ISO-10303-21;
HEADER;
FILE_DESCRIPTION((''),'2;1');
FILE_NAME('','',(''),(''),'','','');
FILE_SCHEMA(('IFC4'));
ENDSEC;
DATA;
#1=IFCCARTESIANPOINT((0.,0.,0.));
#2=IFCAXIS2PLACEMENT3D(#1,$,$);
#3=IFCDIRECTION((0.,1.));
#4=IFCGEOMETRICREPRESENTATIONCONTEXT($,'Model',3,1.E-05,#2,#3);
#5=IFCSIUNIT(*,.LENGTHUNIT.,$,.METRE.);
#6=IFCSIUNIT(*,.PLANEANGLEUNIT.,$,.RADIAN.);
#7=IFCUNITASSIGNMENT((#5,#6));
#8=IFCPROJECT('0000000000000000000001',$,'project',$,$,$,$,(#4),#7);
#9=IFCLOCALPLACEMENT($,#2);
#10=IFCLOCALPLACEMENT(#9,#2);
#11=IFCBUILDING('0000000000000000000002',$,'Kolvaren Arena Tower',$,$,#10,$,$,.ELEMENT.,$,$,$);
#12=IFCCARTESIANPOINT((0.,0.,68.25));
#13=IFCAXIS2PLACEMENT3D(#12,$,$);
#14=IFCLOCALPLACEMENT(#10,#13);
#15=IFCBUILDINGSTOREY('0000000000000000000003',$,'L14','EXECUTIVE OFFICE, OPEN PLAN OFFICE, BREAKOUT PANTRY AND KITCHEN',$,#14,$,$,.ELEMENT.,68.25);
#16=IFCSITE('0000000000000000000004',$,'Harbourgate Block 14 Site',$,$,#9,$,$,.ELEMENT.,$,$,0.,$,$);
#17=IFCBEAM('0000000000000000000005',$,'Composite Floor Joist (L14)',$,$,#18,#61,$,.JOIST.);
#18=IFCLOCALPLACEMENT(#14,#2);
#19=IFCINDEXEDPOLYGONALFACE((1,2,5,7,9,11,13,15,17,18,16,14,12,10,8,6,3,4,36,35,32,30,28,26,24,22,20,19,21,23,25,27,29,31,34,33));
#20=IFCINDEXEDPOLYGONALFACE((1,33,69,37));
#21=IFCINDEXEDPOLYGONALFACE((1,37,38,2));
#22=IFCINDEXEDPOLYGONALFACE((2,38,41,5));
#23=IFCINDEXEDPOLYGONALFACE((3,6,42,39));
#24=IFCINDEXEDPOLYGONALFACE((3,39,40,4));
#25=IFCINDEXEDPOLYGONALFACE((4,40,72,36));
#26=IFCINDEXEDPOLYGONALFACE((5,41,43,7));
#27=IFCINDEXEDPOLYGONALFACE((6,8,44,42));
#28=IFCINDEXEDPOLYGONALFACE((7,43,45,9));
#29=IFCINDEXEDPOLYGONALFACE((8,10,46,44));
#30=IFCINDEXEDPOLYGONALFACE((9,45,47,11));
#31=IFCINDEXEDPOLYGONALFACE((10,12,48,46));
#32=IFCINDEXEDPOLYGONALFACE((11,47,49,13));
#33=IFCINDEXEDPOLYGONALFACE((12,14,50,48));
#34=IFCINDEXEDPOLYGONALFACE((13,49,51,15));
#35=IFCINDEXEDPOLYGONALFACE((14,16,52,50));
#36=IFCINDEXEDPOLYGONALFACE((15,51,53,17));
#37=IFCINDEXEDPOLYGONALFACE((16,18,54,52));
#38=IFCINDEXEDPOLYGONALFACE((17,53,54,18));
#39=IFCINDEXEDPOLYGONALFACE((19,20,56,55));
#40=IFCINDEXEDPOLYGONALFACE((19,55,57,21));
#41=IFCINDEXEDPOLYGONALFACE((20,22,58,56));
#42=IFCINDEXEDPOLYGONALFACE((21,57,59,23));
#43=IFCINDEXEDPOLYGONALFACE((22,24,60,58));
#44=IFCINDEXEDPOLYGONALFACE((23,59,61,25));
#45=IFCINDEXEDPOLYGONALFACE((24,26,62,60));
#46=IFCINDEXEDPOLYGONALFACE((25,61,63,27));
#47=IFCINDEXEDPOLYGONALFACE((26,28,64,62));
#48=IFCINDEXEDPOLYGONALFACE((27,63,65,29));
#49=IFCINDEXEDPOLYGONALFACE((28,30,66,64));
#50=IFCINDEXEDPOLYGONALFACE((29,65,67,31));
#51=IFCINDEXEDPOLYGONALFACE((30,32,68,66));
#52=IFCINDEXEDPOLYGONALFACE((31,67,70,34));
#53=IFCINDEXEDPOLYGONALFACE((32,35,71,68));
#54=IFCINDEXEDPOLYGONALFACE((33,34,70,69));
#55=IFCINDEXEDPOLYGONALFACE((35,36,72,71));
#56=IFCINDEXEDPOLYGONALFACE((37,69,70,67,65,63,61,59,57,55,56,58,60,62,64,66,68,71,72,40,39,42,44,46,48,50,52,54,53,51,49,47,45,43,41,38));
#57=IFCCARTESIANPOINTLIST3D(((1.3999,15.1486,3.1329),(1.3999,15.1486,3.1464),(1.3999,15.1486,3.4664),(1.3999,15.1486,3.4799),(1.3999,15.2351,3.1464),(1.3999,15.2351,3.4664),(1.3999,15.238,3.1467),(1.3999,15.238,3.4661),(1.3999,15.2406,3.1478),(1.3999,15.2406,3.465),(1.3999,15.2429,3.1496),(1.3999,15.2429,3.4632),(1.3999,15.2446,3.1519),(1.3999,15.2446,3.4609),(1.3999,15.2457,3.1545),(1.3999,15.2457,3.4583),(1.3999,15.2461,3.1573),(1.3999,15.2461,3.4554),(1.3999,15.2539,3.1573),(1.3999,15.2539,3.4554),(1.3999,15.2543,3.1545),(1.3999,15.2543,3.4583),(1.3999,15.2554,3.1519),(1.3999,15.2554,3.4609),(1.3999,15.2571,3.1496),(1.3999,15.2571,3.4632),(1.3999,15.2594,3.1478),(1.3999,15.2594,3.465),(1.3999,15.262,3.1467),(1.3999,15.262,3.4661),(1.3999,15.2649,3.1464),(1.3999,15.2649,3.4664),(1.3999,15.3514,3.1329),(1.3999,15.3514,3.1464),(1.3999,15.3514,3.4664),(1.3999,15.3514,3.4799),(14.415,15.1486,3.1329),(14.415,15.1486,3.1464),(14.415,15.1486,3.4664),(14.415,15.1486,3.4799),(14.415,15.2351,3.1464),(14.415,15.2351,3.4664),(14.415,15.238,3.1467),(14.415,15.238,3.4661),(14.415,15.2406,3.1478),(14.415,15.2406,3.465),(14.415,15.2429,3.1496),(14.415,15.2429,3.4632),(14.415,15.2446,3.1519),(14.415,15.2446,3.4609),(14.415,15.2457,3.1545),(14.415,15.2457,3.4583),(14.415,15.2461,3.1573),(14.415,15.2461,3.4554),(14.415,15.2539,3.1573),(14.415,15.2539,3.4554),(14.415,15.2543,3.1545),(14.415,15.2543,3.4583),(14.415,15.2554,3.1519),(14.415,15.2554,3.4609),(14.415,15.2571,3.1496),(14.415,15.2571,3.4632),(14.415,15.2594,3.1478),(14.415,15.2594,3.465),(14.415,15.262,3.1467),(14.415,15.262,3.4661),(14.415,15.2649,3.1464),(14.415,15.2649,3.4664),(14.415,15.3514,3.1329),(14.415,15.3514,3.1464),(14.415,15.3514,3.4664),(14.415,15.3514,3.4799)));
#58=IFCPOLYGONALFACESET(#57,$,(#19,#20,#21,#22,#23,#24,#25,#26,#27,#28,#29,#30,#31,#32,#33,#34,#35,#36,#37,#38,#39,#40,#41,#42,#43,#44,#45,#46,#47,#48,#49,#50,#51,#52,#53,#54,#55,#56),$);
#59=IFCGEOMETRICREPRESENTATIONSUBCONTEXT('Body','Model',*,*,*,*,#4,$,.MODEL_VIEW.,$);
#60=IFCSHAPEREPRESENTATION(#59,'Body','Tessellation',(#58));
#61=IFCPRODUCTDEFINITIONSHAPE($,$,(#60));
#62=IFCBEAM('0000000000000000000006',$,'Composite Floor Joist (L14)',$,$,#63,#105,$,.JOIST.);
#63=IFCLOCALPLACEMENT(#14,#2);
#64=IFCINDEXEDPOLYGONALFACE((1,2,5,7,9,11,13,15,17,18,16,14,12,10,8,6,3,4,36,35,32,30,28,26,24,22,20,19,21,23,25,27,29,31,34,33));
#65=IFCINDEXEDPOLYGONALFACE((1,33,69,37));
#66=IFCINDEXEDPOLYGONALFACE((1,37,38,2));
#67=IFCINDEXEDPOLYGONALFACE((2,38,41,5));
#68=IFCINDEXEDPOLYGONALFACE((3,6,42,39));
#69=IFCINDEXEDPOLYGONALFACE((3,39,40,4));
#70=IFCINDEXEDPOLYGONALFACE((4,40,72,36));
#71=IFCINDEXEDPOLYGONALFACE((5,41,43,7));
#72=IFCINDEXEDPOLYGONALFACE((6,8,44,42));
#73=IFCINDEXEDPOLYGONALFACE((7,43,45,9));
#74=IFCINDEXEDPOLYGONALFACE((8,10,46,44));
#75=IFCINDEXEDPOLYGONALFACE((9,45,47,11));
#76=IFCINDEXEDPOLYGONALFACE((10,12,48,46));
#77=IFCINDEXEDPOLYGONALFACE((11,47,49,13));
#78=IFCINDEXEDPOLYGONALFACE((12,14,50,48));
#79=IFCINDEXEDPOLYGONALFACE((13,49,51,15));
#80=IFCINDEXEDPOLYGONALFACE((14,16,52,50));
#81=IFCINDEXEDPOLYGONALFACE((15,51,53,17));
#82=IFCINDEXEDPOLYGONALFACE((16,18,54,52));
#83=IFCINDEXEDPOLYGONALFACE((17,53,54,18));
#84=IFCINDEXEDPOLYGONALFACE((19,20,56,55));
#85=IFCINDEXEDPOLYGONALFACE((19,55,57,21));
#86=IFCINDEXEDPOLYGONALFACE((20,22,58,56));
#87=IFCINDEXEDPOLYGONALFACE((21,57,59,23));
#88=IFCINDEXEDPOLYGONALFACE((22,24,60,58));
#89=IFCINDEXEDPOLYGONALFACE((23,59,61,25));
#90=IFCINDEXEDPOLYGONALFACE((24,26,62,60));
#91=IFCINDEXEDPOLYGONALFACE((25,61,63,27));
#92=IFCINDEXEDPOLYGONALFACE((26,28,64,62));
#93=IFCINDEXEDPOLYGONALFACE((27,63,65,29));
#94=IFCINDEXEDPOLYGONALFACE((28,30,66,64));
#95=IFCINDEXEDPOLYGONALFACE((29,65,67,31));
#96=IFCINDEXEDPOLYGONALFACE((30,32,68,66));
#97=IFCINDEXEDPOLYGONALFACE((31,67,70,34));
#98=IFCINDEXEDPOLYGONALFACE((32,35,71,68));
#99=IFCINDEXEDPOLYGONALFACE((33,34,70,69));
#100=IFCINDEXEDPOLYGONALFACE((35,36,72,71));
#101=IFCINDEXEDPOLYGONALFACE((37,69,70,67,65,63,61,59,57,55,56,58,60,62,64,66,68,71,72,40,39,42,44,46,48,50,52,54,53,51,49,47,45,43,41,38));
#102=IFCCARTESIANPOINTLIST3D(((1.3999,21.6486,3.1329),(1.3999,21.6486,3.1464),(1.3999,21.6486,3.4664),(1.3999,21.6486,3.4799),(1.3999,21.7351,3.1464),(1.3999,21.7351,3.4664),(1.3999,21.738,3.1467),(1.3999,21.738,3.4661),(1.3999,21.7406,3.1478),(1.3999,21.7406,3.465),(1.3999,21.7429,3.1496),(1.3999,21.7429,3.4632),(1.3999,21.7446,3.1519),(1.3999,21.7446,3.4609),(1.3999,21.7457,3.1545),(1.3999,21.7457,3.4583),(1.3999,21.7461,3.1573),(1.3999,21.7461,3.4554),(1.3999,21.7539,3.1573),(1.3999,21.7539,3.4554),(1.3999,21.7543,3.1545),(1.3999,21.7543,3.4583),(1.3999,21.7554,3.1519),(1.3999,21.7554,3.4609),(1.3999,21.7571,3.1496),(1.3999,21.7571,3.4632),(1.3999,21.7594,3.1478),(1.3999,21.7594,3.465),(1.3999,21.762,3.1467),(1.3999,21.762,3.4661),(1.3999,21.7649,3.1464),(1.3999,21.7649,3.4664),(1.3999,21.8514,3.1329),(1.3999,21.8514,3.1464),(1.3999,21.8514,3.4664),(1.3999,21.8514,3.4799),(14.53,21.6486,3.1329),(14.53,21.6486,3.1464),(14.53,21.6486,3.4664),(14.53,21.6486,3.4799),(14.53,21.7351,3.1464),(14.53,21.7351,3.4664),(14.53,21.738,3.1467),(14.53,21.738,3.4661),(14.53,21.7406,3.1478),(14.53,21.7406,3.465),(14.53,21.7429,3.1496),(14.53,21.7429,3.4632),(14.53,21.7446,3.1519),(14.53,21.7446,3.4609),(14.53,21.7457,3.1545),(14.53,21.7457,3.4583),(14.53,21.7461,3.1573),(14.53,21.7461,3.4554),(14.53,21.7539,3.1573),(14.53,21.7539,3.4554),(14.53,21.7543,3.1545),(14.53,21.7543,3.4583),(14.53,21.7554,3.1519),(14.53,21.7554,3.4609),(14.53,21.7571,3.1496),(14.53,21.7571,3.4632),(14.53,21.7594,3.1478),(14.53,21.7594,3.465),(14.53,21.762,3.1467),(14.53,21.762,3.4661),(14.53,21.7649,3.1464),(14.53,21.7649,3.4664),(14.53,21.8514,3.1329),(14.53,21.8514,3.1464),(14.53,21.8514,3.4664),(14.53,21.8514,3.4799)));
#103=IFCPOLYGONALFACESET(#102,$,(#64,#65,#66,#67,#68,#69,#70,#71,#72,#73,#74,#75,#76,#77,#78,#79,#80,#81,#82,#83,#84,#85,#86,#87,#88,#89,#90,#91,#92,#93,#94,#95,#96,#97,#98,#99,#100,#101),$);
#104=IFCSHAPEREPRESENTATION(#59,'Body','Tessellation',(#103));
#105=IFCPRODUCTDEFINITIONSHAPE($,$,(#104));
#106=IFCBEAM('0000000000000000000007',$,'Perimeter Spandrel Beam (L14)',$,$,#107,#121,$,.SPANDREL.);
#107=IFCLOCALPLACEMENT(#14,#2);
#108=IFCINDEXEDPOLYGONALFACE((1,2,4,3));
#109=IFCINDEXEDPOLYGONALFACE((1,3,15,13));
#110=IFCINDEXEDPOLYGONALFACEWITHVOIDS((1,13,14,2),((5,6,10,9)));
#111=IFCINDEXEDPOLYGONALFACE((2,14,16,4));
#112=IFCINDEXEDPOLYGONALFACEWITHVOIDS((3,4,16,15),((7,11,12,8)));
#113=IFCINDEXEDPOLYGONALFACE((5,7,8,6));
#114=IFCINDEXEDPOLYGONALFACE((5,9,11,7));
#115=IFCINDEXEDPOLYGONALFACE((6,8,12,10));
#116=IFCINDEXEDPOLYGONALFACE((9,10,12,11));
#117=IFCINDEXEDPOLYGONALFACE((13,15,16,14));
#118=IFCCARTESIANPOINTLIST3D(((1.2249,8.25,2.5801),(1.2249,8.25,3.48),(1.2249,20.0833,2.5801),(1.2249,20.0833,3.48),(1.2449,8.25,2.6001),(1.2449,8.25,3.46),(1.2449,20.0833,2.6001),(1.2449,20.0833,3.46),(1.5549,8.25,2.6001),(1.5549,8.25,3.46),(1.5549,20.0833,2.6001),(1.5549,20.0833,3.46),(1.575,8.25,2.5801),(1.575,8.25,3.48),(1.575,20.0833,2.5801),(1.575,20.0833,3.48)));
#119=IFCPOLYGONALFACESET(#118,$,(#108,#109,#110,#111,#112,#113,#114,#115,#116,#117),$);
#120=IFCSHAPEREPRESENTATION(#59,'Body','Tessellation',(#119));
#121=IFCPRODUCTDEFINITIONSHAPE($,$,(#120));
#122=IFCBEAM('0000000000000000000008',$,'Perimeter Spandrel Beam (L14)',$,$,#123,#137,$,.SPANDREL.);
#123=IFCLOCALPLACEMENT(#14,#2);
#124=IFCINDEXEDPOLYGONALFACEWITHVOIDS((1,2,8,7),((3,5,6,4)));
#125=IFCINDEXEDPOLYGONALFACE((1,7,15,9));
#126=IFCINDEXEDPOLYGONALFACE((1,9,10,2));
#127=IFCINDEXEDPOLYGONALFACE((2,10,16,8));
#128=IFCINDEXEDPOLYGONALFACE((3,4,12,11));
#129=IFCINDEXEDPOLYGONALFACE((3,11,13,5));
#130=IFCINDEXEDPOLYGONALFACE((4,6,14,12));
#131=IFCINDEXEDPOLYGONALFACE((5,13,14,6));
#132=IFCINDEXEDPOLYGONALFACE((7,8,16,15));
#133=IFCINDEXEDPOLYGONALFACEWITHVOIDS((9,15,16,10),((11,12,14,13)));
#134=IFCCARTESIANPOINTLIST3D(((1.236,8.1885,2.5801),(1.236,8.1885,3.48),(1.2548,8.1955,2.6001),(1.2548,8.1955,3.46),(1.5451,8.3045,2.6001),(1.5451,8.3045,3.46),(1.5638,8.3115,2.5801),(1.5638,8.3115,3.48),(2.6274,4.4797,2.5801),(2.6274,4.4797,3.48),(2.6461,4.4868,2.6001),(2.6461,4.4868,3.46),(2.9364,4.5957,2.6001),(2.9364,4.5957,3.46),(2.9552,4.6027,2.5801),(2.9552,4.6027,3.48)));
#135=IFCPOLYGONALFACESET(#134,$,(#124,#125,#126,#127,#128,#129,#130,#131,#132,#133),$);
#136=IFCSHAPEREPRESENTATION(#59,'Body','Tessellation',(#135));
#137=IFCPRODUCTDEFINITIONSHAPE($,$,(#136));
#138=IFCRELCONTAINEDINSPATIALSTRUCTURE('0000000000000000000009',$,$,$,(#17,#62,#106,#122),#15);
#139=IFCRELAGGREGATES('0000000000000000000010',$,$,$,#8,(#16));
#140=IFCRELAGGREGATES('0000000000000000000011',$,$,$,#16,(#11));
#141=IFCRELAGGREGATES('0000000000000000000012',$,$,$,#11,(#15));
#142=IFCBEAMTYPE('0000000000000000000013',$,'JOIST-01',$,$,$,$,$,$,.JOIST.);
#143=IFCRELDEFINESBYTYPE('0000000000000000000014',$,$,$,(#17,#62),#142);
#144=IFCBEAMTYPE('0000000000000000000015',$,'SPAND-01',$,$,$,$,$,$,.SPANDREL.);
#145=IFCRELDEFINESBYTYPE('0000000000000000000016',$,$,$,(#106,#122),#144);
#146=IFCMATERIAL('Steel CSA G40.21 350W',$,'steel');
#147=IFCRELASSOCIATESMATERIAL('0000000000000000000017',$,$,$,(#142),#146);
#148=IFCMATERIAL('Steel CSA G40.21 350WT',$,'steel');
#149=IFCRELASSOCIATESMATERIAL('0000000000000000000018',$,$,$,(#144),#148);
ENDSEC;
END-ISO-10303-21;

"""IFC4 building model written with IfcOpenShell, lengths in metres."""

from ifc_helpers import new_model, si_unit, direction, frame, origin, origin_2d, place, context, subcontext, project, spatial, hollow_rectangle, i_section, extrude, material, material_profile, profile_set, type_object, element, save


model = new_model("IFC4")

# Units and contexts
model_context = context("Model", 3, precision=1e-05, world=origin(), true_north=direction((0.0, 1.0)))
body_context = subcontext(model_context, "Body", "Model", "MODEL_VIEW")
ifc_project = project(units=[si_unit("LENGTHUNIT", "METRE"), si_unit("PLANEANGLEUNIT", "RADIAN")], contexts=[model_context])

# Site, building, storey
site_placement = place(None, origin())
site = spatial("IfcSite", under=ifc_project, at=site_placement, Name="Harbourgate Block 14 Site", CompositionType="ELEMENT", RefElevation=0.0)
building_placement = place(site_placement, origin())
building = spatial("IfcBuilding", under=site, at=building_placement, Name="Kolvaren Arena Tower", CompositionType="ELEMENT")
storey_placement = place(building_placement, frame((0.0, 0.0, 68.25)))
storey = spatial("IfcBuildingStorey", under=building, at=storey_placement, Name="L14", Description="EXECUTIVE OFFICE, OPEN PLAN OFFICE, BREAKOUT PANTRY AND KITCHEN", CompositionType="ELEMENT", Elevation=68.25)

# Beams
ifc_material_1 = material(Name="Steel CSA G40.21 350W", Category="steel")
ifc_material_profile_1 = material_profile(ifc_material_1, i_section(OverallWidth=0.2029, OverallDepth=0.3469, WebThickness=0.0078, FlangeThickness=0.0134, FilletRadius=0.011, at=origin_2d()), Name="W360x64")
ifc_profile_set_1 = profile_set([ifc_material_profile_1], Name="Steel CSA G40.21 350W")
beam_type_1 = type_object("IfcBeamType", Name="JOIST-01", PredefinedType="JOIST", material=ifc_profile_set_1)
for number, where, z_axis, x_axis, name in (
    (1, (1.3999, 15.25, 3.3064), (1.0, 0.0, 0.0), (0.0, 1.0, 0.0), "Composite Floor Joist (L14)"),
):
    element("IfcBeam", number, at=place(storey_placement, frame(where, z_axis=z_axis, x_axis=x_axis)), inside=storey, type_object=beam_type_1, Name=name, PredefinedType="JOIST", context=body_context, shape_type="SweptSolid", body=[
        extrude(i_section(OverallWidth=0.2029, OverallDepth=0.3469, WebThickness=0.0078, FlangeThickness=0.0134, FilletRadius=0.011, at=origin_2d()), origin(), (0.0, 0.0, 1.0), 13.0151),
    ])
beam_1_placement = place(storey_placement, frame((1.3999, 21.75, 3.3064), z_axis=(1.0, 0.0, 0.0), x_axis=(0.0, 1.0, 0.0)))
element("IfcBeam", 2, at=beam_1_placement, inside=storey, type_object=beam_type_1, Name="Composite Floor Joist (L14)", PredefinedType="JOIST", context=body_context, shape_type="SweptSolid", body=[
    extrude(i_section(OverallWidth=0.2029, OverallDepth=0.3469, WebThickness=0.0078, FlangeThickness=0.0134, FilletRadius=0.011, at=origin_2d()), origin(), (0.0, 0.0, 1.0), 13.1301),
])
ifc_material_2 = material(Name="Steel CSA G40.21 350WT", Category="steel")
ifc_material_profile_2 = material_profile(ifc_material_2, hollow_rectangle(XDim=0.3501, YDim=0.8999, WallThickness=0.02, at=origin_2d()), Name="HSS 900x350x20")
ifc_profile_set_2 = profile_set([ifc_material_profile_2], Name="Steel CSA G40.21 350WT")
beam_type_2 = type_object("IfcBeamType", Name="SPAND-01", PredefinedType="SPANDREL", material=ifc_profile_set_2)
beam_2_placement = place(storey_placement, frame((1.3999, 20.0833, 3.03), z_axis=(0.0, -1.0, 0.0), x_axis=(1.0, 0.0, 0.0)))
element("IfcBeam", 3, at=beam_2_placement, inside=storey, type_object=beam_type_2, Name="Perimeter Spandrel Beam (L14)", PredefinedType="SPANDREL", context=body_context, shape_type="SweptSolid", body=[
    extrude(hollow_rectangle(XDim=0.3501, YDim=0.8999, WallThickness=0.02, at=origin_2d()), origin(), (0.0, 0.0, 1.0), 11.8333),
])
beam_3_placement = place(storey_placement, frame((1.3999, 8.25, 3.03), z_axis=(0.351252, -0.936281, 0.0), x_axis=(0.936281, 0.351252, 0.0)))
element("IfcBeam", 4, at=beam_3_placement, inside=storey, type_object=beam_type_2, Name="Perimeter Spandrel Beam (L14)", PredefinedType="SPANDREL", context=body_context, shape_type="SweptSolid", body=[
    extrude(hollow_rectangle(XDim=0.3501, YDim=0.8999, WallThickness=0.02, at=origin_2d()), origin(), (0.0, 0.0, 1.0), 3.9612),
])

save(model, "model.ifc")
